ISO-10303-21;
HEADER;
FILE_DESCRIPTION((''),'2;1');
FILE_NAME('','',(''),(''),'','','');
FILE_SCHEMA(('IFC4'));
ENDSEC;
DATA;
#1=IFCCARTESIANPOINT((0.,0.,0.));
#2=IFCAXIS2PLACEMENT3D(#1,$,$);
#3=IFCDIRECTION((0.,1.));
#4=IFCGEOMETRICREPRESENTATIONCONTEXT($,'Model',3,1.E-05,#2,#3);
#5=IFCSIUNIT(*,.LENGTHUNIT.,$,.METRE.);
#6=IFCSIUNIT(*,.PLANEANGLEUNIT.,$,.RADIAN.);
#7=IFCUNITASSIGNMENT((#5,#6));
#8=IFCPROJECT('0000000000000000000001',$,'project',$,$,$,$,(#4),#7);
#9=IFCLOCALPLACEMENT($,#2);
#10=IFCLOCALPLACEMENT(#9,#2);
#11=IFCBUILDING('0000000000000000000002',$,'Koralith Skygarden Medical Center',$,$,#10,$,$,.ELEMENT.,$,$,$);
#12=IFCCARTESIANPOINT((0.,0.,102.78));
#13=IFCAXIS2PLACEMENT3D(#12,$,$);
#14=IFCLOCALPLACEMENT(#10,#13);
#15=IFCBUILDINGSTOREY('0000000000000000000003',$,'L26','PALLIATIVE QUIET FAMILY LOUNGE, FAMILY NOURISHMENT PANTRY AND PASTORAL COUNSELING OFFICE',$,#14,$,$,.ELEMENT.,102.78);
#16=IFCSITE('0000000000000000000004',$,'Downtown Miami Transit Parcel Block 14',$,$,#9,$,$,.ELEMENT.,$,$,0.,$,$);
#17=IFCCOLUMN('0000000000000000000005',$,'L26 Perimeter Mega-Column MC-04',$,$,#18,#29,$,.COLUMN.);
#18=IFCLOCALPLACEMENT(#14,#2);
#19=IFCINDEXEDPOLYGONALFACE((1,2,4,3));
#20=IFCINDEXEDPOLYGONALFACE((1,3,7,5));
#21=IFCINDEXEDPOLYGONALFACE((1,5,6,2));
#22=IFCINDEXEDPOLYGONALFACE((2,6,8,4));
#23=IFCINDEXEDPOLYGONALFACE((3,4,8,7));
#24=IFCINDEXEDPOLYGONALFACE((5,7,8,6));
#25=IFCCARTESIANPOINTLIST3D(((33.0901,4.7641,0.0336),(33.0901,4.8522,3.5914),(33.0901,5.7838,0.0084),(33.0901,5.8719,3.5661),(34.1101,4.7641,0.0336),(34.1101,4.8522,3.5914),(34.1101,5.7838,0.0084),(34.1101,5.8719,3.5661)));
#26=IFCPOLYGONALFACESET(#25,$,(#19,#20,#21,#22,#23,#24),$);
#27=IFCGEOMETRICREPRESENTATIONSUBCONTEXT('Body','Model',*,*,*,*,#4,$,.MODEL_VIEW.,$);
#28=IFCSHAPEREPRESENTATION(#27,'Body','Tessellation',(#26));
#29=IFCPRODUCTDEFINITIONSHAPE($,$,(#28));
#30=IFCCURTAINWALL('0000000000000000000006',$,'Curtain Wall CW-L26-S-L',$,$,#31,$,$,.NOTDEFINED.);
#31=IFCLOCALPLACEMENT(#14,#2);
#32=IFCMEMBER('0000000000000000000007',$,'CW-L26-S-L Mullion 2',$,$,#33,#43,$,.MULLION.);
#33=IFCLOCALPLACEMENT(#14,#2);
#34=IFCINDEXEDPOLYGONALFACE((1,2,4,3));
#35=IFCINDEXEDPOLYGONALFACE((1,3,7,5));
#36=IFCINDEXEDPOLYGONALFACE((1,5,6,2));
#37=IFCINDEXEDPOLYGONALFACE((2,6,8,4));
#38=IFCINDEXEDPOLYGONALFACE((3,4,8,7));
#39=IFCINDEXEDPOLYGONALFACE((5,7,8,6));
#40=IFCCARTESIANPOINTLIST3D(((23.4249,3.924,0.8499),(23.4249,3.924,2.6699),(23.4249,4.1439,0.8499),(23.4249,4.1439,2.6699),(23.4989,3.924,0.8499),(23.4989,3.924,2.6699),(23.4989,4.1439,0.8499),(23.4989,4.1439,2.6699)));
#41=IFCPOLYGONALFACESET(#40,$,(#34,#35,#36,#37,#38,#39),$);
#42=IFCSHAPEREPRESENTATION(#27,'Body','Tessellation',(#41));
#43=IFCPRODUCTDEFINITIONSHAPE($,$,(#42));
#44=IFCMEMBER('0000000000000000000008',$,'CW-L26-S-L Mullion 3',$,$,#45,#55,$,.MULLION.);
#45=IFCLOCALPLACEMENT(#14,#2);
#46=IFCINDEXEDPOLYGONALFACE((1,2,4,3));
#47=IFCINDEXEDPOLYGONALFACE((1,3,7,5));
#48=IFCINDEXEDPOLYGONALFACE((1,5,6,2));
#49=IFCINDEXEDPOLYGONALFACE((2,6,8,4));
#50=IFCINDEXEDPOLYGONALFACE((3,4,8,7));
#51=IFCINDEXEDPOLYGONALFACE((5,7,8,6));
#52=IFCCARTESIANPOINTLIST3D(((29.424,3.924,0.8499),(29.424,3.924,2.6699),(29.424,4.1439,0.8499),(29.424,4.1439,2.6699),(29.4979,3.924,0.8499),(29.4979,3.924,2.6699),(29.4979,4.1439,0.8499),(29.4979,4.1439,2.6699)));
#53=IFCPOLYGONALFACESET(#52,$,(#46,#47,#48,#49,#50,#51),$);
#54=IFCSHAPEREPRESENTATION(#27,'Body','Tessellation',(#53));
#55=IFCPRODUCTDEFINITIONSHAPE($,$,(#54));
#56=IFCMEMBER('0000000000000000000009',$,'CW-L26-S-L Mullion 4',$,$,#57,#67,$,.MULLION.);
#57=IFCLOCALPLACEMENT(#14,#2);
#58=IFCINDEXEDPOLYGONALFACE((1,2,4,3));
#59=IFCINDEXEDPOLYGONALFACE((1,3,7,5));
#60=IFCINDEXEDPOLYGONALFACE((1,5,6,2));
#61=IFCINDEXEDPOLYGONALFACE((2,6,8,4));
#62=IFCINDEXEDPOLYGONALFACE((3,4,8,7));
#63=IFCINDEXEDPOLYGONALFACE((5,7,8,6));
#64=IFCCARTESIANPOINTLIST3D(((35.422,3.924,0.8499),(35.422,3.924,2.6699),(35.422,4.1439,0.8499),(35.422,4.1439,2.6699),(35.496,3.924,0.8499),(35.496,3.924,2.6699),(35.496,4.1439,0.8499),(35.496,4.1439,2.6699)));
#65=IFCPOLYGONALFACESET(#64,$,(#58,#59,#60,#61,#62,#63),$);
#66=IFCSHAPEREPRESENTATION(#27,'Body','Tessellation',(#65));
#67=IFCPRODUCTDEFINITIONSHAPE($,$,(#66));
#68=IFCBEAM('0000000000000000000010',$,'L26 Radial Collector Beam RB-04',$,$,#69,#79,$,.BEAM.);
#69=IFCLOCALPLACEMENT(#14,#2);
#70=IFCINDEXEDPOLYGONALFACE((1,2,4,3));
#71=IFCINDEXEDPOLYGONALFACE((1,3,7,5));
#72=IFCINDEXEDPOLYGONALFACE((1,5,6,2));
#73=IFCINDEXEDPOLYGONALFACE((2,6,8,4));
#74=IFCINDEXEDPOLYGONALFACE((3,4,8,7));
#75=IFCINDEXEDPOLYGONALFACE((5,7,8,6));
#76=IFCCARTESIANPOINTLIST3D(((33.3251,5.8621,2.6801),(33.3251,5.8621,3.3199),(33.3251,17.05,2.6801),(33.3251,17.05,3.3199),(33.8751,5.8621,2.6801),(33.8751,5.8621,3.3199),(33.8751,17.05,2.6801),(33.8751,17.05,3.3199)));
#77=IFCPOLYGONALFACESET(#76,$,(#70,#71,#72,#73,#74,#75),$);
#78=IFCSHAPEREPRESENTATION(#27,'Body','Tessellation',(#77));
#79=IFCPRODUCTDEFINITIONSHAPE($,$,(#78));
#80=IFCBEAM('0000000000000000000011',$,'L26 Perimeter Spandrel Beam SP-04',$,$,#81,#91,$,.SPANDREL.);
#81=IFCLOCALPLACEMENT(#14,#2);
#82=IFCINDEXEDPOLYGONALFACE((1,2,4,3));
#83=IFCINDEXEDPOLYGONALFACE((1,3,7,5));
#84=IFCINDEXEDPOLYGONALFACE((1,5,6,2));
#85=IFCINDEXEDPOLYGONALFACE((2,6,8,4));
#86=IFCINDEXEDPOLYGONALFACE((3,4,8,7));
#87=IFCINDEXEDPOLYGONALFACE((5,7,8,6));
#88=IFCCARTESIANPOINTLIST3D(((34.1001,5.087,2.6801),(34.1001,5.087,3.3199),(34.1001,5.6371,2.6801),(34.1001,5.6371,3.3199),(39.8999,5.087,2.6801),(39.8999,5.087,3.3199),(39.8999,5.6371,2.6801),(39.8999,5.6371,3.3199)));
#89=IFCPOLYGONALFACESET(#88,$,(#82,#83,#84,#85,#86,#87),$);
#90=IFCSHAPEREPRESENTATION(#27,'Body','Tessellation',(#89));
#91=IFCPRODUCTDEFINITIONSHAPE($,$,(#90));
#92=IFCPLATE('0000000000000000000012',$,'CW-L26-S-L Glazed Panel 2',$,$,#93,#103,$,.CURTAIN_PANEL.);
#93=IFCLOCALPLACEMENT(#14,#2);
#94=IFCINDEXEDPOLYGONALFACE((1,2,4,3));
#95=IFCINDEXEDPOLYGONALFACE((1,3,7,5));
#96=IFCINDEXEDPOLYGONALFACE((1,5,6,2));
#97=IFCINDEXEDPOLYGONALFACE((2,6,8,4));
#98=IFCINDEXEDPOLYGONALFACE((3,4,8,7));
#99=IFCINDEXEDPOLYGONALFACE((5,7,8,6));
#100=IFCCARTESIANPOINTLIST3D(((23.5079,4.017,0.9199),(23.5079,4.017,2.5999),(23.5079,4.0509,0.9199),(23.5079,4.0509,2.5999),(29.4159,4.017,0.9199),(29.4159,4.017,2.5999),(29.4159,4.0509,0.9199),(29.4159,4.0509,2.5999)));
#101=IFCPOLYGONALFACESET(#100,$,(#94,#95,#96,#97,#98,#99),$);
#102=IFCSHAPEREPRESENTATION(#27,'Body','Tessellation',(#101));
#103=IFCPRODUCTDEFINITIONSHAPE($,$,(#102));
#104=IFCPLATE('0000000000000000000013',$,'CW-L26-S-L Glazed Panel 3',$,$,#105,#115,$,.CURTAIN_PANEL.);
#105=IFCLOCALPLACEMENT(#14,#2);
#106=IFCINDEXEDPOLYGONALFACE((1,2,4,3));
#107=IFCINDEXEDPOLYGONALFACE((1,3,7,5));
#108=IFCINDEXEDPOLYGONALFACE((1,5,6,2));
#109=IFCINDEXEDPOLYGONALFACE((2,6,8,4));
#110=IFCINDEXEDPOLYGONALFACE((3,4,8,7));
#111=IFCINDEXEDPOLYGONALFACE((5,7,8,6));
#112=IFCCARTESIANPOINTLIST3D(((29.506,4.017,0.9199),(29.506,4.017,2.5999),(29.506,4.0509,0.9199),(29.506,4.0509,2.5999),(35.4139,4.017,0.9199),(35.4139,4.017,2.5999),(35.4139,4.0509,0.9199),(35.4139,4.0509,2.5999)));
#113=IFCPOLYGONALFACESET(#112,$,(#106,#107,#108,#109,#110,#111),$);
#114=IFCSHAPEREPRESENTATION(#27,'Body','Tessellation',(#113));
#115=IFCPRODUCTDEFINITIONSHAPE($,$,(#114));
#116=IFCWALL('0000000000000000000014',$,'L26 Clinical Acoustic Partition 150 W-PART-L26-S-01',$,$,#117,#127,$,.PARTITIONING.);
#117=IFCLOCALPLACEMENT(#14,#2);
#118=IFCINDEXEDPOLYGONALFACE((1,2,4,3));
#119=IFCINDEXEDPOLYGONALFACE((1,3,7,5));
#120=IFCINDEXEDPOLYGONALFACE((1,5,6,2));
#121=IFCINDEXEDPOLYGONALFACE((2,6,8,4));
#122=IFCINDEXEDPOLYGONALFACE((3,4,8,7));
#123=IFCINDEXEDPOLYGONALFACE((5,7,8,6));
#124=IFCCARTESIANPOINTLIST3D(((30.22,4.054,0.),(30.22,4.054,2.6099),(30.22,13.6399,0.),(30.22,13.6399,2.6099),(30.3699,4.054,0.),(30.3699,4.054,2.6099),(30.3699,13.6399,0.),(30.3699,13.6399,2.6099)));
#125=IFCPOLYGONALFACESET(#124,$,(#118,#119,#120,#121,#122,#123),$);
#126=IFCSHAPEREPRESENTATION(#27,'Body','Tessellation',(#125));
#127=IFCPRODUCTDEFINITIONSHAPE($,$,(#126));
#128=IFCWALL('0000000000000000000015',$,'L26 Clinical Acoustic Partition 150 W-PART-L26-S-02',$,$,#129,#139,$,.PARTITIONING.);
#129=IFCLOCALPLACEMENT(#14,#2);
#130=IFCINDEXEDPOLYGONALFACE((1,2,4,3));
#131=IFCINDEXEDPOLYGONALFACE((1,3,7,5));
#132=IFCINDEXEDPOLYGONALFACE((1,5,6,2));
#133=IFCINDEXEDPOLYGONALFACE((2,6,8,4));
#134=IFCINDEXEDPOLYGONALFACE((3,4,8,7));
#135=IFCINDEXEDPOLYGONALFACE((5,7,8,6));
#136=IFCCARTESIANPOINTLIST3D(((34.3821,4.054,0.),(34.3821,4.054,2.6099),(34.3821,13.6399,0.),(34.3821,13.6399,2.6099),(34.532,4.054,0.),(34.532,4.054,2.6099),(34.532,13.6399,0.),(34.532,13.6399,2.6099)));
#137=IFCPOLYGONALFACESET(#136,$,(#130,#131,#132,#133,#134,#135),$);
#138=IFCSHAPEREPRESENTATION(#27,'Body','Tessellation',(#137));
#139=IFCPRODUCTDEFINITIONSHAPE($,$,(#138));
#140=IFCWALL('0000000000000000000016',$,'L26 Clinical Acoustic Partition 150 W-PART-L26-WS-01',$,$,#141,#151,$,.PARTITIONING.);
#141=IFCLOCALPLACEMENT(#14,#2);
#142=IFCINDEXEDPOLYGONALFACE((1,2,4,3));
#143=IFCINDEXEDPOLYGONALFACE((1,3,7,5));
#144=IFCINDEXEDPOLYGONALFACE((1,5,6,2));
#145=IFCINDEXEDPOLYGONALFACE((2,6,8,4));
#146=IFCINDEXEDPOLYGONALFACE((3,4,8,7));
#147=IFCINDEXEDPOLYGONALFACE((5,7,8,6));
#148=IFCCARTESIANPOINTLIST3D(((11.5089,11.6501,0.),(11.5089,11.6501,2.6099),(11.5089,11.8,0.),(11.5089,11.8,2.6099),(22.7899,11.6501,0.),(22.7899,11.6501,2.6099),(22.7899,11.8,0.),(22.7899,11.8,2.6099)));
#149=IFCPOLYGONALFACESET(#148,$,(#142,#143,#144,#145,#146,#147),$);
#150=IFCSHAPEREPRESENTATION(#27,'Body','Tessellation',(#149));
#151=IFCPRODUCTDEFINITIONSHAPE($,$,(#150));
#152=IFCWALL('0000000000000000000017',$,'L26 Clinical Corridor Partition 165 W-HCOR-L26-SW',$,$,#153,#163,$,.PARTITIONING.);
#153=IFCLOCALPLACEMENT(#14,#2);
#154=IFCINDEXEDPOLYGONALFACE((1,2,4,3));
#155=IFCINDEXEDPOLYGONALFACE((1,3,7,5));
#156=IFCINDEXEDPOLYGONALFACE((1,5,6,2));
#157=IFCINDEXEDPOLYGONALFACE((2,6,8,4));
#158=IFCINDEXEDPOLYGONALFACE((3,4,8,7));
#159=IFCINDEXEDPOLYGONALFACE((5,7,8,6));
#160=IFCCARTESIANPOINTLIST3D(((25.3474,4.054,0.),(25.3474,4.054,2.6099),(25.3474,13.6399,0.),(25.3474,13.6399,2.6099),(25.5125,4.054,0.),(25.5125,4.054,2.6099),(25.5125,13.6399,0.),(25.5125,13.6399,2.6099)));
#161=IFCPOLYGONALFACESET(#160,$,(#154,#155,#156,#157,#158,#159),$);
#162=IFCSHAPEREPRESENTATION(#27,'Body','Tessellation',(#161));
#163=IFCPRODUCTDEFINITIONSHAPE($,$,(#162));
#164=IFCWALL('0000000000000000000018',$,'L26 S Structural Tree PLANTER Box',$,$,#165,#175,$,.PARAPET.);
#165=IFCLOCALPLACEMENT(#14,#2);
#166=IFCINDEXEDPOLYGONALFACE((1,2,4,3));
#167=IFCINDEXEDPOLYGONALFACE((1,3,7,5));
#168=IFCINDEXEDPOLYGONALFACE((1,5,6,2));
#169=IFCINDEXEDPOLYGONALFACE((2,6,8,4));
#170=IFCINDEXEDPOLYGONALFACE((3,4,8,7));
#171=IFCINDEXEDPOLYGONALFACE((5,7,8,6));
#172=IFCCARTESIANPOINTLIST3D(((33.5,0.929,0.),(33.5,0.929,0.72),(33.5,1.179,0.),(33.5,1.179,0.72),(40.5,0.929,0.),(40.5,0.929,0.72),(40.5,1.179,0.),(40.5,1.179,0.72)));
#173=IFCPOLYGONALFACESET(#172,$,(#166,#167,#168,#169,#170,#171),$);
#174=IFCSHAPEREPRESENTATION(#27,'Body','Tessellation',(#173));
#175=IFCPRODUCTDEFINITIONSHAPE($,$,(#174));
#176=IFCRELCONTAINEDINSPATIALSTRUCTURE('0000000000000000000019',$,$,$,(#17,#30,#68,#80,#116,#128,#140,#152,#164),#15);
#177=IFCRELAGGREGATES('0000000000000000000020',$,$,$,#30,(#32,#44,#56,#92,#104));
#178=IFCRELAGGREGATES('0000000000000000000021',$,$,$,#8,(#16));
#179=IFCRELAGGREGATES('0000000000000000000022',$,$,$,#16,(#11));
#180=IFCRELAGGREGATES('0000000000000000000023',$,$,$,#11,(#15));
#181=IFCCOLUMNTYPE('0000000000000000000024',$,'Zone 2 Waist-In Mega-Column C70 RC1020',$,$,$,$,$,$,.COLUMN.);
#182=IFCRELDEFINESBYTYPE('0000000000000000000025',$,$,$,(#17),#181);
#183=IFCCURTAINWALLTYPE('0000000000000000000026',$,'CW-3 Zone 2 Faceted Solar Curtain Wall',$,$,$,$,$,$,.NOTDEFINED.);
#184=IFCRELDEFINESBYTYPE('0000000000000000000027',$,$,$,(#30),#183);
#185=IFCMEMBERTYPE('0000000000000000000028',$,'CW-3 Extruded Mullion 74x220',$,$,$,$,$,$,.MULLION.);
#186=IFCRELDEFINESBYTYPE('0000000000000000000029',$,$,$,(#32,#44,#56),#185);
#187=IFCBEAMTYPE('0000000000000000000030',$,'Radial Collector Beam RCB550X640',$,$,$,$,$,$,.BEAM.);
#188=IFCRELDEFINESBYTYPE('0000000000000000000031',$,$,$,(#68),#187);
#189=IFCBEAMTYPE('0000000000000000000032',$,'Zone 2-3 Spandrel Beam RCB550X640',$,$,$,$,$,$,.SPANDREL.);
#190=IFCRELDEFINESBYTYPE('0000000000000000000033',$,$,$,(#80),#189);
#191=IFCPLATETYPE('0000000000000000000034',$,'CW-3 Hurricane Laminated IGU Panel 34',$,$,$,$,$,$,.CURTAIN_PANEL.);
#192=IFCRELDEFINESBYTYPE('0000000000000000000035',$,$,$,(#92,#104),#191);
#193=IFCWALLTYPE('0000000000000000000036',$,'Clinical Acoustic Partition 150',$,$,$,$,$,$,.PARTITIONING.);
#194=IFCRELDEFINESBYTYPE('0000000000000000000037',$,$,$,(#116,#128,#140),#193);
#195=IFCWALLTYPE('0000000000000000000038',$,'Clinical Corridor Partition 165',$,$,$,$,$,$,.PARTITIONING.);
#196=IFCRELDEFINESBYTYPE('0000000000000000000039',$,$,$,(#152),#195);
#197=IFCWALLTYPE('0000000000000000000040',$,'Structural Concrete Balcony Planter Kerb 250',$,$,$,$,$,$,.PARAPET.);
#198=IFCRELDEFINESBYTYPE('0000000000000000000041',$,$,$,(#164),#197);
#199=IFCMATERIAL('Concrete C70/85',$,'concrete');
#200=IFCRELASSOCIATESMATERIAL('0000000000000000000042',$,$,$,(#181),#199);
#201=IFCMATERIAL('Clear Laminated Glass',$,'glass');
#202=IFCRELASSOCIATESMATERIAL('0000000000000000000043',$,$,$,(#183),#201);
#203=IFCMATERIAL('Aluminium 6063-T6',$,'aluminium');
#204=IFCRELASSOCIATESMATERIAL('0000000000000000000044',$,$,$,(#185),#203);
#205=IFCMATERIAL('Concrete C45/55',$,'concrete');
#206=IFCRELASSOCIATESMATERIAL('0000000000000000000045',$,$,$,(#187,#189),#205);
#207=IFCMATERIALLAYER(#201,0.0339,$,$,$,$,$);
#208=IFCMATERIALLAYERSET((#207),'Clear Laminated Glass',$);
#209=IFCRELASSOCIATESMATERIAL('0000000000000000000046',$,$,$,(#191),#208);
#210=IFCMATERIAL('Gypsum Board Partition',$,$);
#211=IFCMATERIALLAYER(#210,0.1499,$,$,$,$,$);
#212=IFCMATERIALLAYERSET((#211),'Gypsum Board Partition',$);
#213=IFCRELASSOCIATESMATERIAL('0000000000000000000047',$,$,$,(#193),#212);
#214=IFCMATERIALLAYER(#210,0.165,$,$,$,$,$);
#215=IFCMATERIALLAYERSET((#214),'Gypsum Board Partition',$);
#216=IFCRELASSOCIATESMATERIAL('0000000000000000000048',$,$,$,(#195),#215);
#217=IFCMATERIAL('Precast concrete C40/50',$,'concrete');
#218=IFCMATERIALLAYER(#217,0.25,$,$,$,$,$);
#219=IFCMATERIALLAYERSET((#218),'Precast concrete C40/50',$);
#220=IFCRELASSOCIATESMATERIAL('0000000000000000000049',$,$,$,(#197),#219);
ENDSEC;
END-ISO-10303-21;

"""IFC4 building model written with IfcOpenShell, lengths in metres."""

from ifc_helpers import new_model, si_unit, direction, frame, frame_2d, origin, origin_2d, place, context, subcontext, project, spatial, rectangle, extrude, material, layer, layer_set, material_profile, profile_set, type_object, element, aggregate, save


model = new_model("IFC4")

# Units and contexts
model_context = context("Model", 3, precision=1e-05, world=origin(), true_north=direction((0.0, 1.0)))
body_context = subcontext(model_context, "Body", "Model", "MODEL_VIEW")
ifc_project = project(units=[si_unit("LENGTHUNIT", "METRE"), si_unit("PLANEANGLEUNIT", "RADIAN")], contexts=[model_context])

# Site, building, storey
site_placement = place(None, origin())
site = spatial("IfcSite", under=ifc_project, at=site_placement, Name="Downtown Miami Transit Parcel Block 14", CompositionType="ELEMENT", RefElevation=0.0)
building_placement = place(site_placement, origin())
building = spatial("IfcBuilding", under=site, at=building_placement, Name="Koralith Skygarden Medical Center", CompositionType="ELEMENT")
storey_placement = place(building_placement, frame((0.0, 0.0, 102.78)))
storey = spatial("IfcBuildingStorey", under=building, at=storey_placement, Name="L26", Description="PALLIATIVE QUIET FAMILY LOUNGE, FAMILY NOURISHMENT PANTRY AND PASTORAL COUNSELING OFFICE", CompositionType="ELEMENT", Elevation=102.78)

# Column
ifc_material_1 = material(Name="Concrete C70/85", Category="concrete")
ifc_material_profile_1 = material_profile(ifc_material_1, rectangle(XDim=1.02, YDim=1.02, at=origin_2d()), Name="RC1020X1020")
ifc_profile_set_1 = profile_set([ifc_material_profile_1], Name="Concrete C70/85")
column_type = type_object("IfcColumnType", Name="Zone 2 Waist-In Mega-Column C70 RC1020", PredefinedType="COLUMN", material=ifc_profile_set_1)
column_placement = place(storey_placement, frame((33.6001, 5.2739, 0.021), z_axis=(0.0, 0.024764, 0.999693), x_axis=(-1.0, 0.0, 0.0)))
element("IfcColumn", 1, at=column_placement, inside=storey, type_object=column_type, Name="L26 Perimeter Mega-Column MC-04", PredefinedType="COLUMN", context=body_context, shape_type="SweptSolid", body=[
    extrude(rectangle(XDim=1.02, YDim=1.02, at=origin_2d()), origin(), (0.0, 0.0, 1.0), 3.5588),
])

# Curtain wall, members
ifc_material_2 = material(Name="Clear Laminated Glass", Category="glass")
curtain_wall_type = type_object("IfcCurtainWallType", Name="CW-3 Zone 2 Faceted Solar Curtain Wall", PredefinedType="NOTDEFINED", material=ifc_material_2)
curtain_wall_placement = place(storey_placement, origin())
curtain_wall = element("IfcCurtainWall", 2, at=curtain_wall_placement, inside=storey, type_object=curtain_wall_type, Name="Curtain Wall CW-L26-S-L", PredefinedType="NOTDEFINED")
ifc_material_3 = material(Name="Aluminium 6063-T6", Category="aluminium")
ifc_material_profile_2 = material_profile(ifc_material_3, rectangle(XDim=0.074, YDim=0.22, at=origin_2d()), Name="MUL74X220")
ifc_profile_set_2 = profile_set([ifc_material_profile_2], Name="Aluminium 6063-T6")
member_type = type_object("IfcMemberType", Name="CW-3 Extruded Mullion 74x220", PredefinedType="MULLION", material=ifc_profile_set_2)
member_1_placement = place(storey_placement, frame((23.4619, 4.0339, 0.8499), z_axis=(0.0, 0.0, 1.0), x_axis=(1.0, 0.0, 0.0)))
member_1 = element("IfcMember", 3, at=member_1_placement, type_object=member_type, Name="CW-L26-S-L Mullion 2", PredefinedType="MULLION", context=body_context, shape_type="SweptSolid", body=[
    extrude(rectangle(XDim=0.074, YDim=0.22, at=origin_2d()), origin(), (0.0, 0.0, 1.0), 1.8201),
])
member_2_placement = place(storey_placement, frame((29.4609, 4.0339, 0.8499), z_axis=(0.0, 0.0, 1.0), x_axis=(1.0, 0.0, 0.0)))
member_2 = element("IfcMember", 4, at=member_2_placement, type_object=member_type, Name="CW-L26-S-L Mullion 3", PredefinedType="MULLION", context=body_context, shape_type="SweptSolid", body=[
    extrude(rectangle(XDim=0.074, YDim=0.22, at=origin_2d()), origin(), (0.0, 0.0, 1.0), 1.8201),
])
member_3_placement = place(storey_placement, frame((35.459, 4.0339, 0.8499), z_axis=(0.0, 0.0, 1.0), x_axis=(1.0, 0.0, 0.0)))
member_3 = element("IfcMember", 5, at=member_3_placement, type_object=member_type, Name="CW-L26-S-L Mullion 4", PredefinedType="MULLION", context=body_context, shape_type="SweptSolid", body=[
    extrude(rectangle(XDim=0.074, YDim=0.22, at=origin_2d()), origin(), (0.0, 0.0, 1.0), 1.8201),
])

# Beams
ifc_material_4 = material(Name="Concrete C45/55", Category="concrete")
ifc_material_profile_3 = material_profile(ifc_material_4, rectangle(XDim=0.55, YDim=0.6399, at=origin_2d()), Name="RCB550X640")
ifc_profile_set_3 = profile_set([ifc_material_profile_3], Name="Concrete C45/55")
beam_type_1 = type_object("IfcBeamType", Name="Radial Collector Beam RCB550X640", PredefinedType="BEAM", material=ifc_profile_set_3)
beam_1_placement = place(storey_placement, frame((33.6001, 17.05, 3.0), z_axis=(0.0, -1.0, 0.0), x_axis=(1.0, 0.0, 0.0)))
element("IfcBeam", 6, at=beam_1_placement, inside=storey, type_object=beam_type_1, Name="L26 Radial Collector Beam RB-04", PredefinedType="BEAM", context=body_context, shape_type="SweptSolid", body=[
    extrude(rectangle(XDim=0.55, YDim=0.6399, at=origin_2d()), origin(), (0.0, 0.0, 1.0), 11.188),
])
ifc_material_profile_4 = material_profile(ifc_material_4, rectangle(XDim=0.55, YDim=0.6399, at=origin_2d()), Name="RCB550X640")
ifc_profile_set_4 = profile_set([ifc_material_profile_4], Name="Concrete C45/55")
beam_type_2 = type_object("IfcBeamType", Name="Zone 2-3 Spandrel Beam RCB550X640", PredefinedType="SPANDREL", material=ifc_profile_set_4)
beam_2_placement = place(storey_placement, frame((34.1001, 5.3621, 3.0), z_axis=(1.0, 0.0, 0.0), x_axis=(0.0, 1.0, 0.0)))
element("IfcBeam", 7, at=beam_2_placement, inside=storey, type_object=beam_type_2, Name="L26 Perimeter Spandrel Beam SP-04", PredefinedType="SPANDREL", context=body_context, shape_type="SweptSolid", body=[
    extrude(rectangle(XDim=0.55, YDim=0.6399, at=origin_2d()), origin(), (0.0, 0.0, 1.0), 5.7998),
])

# Plates
ifc_layer_1 = layer(ifc_material_2, 0.0339)
ifc_layer_set_1 = layer_set([ifc_layer_1], Name="Clear Laminated Glass")
plate_type = type_object("IfcPlateType", Name="CW-3 Hurricane Laminated IGU Panel 34", PredefinedType="CURTAIN_PANEL", material=ifc_layer_set_1)
plate_1_placement = place(storey_placement, frame((26.4619, 4.0339, 0.9199), z_axis=(0.0, 0.0, 1.0), x_axis=(1.0, 0.0, 0.0)))
plate_1 = element("IfcPlate", 8, at=plate_1_placement, type_object=plate_type, Name="CW-L26-S-L Glazed Panel 2", PredefinedType="CURTAIN_PANEL", context=body_context, shape_type="SweptSolid", body=[
    extrude(rectangle(XDim=5.908, YDim=0.0339, at=origin_2d()), origin(), (0.0, 0.0, 1.0), 1.6799),
])
plate_2_placement = place(storey_placement, frame((32.46, 4.0339, 0.9199), z_axis=(0.0, 0.0, 1.0), x_axis=(1.0, 0.0, 0.0)))
plate_2 = element("IfcPlate", 9, at=plate_2_placement, type_object=plate_type, Name="CW-L26-S-L Glazed Panel 3", PredefinedType="CURTAIN_PANEL", context=body_context, shape_type="SweptSolid", body=[
    extrude(rectangle(XDim=5.908, YDim=0.0339, at=origin_2d()), origin(), (0.0, 0.0, 1.0), 1.6799),
])
aggregate(curtain_wall, [member_1, member_2, member_3, plate_1, plate_2])

# Walls
ifc_material_5 = material(Name="Gypsum Board Partition")
ifc_layer_2 = layer(ifc_material_5, 0.1499)
ifc_layer_set_2 = layer_set([ifc_layer_2], Name="Gypsum Board Partition")
wall_type_1 = type_object("IfcWallType", Name="Clinical Acoustic Partition 150", PredefinedType="PARTITIONING", material=ifc_layer_set_2)
for number, where, z_axis, x_axis, name in (
    (10, (30.2949, 13.6399, 0.0), (0.0, 0.0, 1.0), (0.0, -1.0, 0.0), "L26 Clinical Acoustic Partition 150 W-PART-L26-S-01"),
    (11, (34.457, 13.6399, 0.0), (0.0, 0.0, 1.0), (0.0, -1.0, 0.0), "L26 Clinical Acoustic Partition 150 W-PART-L26-S-02"),
):
    element("IfcWall", number, at=place(storey_placement, frame(where, z_axis=z_axis, x_axis=x_axis)), inside=storey, type_object=wall_type_1, Name=name, PredefinedType="PARTITIONING", context=body_context, shape_type="SweptSolid", body=[
        extrude(rectangle(XDim=9.5859, YDim=0.1499, at=frame_2d((4.793, 0.0))), origin(), (0.0, 0.0, 1.0), 2.6099),
    ])
wall_1_placement = place(storey_placement, frame((22.79, 11.7251, 0.0), z_axis=(0.0, 0.0, 1.0), x_axis=(-1.0, 0.0, 0.0)))
element("IfcWall", 12, at=wall_1_placement, inside=storey, type_object=wall_type_1, Name="L26 Clinical Acoustic Partition 150 W-PART-L26-WS-01", PredefinedType="PARTITIONING", context=body_context, shape_type="SweptSolid", body=[
    extrude(rectangle(XDim=11.281, YDim=0.1499, at=frame_2d((5.6406, 0.0))), origin(), (0.0, 0.0, 1.0), 2.6099),
])
ifc_layer_3 = layer(ifc_material_5, 0.165)
ifc_layer_set_3 = layer_set([ifc_layer_3], Name="Gypsum Board Partition")
wall_type_2 = type_object("IfcWallType", Name="Clinical Corridor Partition 165", PredefinedType="PARTITIONING", material=ifc_layer_set_3)
wall_2_placement = place(storey_placement, frame((25.4299, 4.054, 0.0), z_axis=(0.0, 0.0, 1.0), x_axis=(0.0, 1.0, 0.0)))
element("IfcWall", 13, at=wall_2_placement, inside=storey, type_object=wall_type_2, Name="L26 Clinical Corridor Partition 165 W-HCOR-L26-SW", PredefinedType="PARTITIONING", context=body_context, shape_type="SweptSolid", body=[
    extrude(rectangle(XDim=9.5859, YDim=0.165, at=frame_2d((4.793, 0.0))), origin(), (0.0, 0.0, 1.0), 2.6099),
])

# Wall
ifc_material_6 = material(Name="Precast concrete C40/50", Category="concrete")
ifc_layer_4 = layer(ifc_material_6, 0.25)
ifc_layer_set_4 = layer_set([ifc_layer_4], Name="Precast concrete C40/50")
wall_type_3 = type_object("IfcWallType", Name="Structural Concrete Balcony Planter Kerb 250", PredefinedType="PARAPET", material=ifc_layer_set_4)
wall_3_placement = place(storey_placement, frame((33.5, 1.054, 0.0), z_axis=(0.0, 0.0, 1.0), x_axis=(1.0, 0.0, 0.0)))
element("IfcWall", 14, at=wall_3_placement, inside=storey, type_object=wall_type_3, Name="L26 S Structural Tree PLANTER Box", PredefinedType="PARAPET", context=body_context, shape_type="SweptSolid", body=[
    extrude(rectangle(XDim=7.0, YDim=0.25, at=frame_2d((3.5, 0.0))), origin(), (0.0, 0.0, 1.0), 0.72),
])

save(model, "model.ifc")
